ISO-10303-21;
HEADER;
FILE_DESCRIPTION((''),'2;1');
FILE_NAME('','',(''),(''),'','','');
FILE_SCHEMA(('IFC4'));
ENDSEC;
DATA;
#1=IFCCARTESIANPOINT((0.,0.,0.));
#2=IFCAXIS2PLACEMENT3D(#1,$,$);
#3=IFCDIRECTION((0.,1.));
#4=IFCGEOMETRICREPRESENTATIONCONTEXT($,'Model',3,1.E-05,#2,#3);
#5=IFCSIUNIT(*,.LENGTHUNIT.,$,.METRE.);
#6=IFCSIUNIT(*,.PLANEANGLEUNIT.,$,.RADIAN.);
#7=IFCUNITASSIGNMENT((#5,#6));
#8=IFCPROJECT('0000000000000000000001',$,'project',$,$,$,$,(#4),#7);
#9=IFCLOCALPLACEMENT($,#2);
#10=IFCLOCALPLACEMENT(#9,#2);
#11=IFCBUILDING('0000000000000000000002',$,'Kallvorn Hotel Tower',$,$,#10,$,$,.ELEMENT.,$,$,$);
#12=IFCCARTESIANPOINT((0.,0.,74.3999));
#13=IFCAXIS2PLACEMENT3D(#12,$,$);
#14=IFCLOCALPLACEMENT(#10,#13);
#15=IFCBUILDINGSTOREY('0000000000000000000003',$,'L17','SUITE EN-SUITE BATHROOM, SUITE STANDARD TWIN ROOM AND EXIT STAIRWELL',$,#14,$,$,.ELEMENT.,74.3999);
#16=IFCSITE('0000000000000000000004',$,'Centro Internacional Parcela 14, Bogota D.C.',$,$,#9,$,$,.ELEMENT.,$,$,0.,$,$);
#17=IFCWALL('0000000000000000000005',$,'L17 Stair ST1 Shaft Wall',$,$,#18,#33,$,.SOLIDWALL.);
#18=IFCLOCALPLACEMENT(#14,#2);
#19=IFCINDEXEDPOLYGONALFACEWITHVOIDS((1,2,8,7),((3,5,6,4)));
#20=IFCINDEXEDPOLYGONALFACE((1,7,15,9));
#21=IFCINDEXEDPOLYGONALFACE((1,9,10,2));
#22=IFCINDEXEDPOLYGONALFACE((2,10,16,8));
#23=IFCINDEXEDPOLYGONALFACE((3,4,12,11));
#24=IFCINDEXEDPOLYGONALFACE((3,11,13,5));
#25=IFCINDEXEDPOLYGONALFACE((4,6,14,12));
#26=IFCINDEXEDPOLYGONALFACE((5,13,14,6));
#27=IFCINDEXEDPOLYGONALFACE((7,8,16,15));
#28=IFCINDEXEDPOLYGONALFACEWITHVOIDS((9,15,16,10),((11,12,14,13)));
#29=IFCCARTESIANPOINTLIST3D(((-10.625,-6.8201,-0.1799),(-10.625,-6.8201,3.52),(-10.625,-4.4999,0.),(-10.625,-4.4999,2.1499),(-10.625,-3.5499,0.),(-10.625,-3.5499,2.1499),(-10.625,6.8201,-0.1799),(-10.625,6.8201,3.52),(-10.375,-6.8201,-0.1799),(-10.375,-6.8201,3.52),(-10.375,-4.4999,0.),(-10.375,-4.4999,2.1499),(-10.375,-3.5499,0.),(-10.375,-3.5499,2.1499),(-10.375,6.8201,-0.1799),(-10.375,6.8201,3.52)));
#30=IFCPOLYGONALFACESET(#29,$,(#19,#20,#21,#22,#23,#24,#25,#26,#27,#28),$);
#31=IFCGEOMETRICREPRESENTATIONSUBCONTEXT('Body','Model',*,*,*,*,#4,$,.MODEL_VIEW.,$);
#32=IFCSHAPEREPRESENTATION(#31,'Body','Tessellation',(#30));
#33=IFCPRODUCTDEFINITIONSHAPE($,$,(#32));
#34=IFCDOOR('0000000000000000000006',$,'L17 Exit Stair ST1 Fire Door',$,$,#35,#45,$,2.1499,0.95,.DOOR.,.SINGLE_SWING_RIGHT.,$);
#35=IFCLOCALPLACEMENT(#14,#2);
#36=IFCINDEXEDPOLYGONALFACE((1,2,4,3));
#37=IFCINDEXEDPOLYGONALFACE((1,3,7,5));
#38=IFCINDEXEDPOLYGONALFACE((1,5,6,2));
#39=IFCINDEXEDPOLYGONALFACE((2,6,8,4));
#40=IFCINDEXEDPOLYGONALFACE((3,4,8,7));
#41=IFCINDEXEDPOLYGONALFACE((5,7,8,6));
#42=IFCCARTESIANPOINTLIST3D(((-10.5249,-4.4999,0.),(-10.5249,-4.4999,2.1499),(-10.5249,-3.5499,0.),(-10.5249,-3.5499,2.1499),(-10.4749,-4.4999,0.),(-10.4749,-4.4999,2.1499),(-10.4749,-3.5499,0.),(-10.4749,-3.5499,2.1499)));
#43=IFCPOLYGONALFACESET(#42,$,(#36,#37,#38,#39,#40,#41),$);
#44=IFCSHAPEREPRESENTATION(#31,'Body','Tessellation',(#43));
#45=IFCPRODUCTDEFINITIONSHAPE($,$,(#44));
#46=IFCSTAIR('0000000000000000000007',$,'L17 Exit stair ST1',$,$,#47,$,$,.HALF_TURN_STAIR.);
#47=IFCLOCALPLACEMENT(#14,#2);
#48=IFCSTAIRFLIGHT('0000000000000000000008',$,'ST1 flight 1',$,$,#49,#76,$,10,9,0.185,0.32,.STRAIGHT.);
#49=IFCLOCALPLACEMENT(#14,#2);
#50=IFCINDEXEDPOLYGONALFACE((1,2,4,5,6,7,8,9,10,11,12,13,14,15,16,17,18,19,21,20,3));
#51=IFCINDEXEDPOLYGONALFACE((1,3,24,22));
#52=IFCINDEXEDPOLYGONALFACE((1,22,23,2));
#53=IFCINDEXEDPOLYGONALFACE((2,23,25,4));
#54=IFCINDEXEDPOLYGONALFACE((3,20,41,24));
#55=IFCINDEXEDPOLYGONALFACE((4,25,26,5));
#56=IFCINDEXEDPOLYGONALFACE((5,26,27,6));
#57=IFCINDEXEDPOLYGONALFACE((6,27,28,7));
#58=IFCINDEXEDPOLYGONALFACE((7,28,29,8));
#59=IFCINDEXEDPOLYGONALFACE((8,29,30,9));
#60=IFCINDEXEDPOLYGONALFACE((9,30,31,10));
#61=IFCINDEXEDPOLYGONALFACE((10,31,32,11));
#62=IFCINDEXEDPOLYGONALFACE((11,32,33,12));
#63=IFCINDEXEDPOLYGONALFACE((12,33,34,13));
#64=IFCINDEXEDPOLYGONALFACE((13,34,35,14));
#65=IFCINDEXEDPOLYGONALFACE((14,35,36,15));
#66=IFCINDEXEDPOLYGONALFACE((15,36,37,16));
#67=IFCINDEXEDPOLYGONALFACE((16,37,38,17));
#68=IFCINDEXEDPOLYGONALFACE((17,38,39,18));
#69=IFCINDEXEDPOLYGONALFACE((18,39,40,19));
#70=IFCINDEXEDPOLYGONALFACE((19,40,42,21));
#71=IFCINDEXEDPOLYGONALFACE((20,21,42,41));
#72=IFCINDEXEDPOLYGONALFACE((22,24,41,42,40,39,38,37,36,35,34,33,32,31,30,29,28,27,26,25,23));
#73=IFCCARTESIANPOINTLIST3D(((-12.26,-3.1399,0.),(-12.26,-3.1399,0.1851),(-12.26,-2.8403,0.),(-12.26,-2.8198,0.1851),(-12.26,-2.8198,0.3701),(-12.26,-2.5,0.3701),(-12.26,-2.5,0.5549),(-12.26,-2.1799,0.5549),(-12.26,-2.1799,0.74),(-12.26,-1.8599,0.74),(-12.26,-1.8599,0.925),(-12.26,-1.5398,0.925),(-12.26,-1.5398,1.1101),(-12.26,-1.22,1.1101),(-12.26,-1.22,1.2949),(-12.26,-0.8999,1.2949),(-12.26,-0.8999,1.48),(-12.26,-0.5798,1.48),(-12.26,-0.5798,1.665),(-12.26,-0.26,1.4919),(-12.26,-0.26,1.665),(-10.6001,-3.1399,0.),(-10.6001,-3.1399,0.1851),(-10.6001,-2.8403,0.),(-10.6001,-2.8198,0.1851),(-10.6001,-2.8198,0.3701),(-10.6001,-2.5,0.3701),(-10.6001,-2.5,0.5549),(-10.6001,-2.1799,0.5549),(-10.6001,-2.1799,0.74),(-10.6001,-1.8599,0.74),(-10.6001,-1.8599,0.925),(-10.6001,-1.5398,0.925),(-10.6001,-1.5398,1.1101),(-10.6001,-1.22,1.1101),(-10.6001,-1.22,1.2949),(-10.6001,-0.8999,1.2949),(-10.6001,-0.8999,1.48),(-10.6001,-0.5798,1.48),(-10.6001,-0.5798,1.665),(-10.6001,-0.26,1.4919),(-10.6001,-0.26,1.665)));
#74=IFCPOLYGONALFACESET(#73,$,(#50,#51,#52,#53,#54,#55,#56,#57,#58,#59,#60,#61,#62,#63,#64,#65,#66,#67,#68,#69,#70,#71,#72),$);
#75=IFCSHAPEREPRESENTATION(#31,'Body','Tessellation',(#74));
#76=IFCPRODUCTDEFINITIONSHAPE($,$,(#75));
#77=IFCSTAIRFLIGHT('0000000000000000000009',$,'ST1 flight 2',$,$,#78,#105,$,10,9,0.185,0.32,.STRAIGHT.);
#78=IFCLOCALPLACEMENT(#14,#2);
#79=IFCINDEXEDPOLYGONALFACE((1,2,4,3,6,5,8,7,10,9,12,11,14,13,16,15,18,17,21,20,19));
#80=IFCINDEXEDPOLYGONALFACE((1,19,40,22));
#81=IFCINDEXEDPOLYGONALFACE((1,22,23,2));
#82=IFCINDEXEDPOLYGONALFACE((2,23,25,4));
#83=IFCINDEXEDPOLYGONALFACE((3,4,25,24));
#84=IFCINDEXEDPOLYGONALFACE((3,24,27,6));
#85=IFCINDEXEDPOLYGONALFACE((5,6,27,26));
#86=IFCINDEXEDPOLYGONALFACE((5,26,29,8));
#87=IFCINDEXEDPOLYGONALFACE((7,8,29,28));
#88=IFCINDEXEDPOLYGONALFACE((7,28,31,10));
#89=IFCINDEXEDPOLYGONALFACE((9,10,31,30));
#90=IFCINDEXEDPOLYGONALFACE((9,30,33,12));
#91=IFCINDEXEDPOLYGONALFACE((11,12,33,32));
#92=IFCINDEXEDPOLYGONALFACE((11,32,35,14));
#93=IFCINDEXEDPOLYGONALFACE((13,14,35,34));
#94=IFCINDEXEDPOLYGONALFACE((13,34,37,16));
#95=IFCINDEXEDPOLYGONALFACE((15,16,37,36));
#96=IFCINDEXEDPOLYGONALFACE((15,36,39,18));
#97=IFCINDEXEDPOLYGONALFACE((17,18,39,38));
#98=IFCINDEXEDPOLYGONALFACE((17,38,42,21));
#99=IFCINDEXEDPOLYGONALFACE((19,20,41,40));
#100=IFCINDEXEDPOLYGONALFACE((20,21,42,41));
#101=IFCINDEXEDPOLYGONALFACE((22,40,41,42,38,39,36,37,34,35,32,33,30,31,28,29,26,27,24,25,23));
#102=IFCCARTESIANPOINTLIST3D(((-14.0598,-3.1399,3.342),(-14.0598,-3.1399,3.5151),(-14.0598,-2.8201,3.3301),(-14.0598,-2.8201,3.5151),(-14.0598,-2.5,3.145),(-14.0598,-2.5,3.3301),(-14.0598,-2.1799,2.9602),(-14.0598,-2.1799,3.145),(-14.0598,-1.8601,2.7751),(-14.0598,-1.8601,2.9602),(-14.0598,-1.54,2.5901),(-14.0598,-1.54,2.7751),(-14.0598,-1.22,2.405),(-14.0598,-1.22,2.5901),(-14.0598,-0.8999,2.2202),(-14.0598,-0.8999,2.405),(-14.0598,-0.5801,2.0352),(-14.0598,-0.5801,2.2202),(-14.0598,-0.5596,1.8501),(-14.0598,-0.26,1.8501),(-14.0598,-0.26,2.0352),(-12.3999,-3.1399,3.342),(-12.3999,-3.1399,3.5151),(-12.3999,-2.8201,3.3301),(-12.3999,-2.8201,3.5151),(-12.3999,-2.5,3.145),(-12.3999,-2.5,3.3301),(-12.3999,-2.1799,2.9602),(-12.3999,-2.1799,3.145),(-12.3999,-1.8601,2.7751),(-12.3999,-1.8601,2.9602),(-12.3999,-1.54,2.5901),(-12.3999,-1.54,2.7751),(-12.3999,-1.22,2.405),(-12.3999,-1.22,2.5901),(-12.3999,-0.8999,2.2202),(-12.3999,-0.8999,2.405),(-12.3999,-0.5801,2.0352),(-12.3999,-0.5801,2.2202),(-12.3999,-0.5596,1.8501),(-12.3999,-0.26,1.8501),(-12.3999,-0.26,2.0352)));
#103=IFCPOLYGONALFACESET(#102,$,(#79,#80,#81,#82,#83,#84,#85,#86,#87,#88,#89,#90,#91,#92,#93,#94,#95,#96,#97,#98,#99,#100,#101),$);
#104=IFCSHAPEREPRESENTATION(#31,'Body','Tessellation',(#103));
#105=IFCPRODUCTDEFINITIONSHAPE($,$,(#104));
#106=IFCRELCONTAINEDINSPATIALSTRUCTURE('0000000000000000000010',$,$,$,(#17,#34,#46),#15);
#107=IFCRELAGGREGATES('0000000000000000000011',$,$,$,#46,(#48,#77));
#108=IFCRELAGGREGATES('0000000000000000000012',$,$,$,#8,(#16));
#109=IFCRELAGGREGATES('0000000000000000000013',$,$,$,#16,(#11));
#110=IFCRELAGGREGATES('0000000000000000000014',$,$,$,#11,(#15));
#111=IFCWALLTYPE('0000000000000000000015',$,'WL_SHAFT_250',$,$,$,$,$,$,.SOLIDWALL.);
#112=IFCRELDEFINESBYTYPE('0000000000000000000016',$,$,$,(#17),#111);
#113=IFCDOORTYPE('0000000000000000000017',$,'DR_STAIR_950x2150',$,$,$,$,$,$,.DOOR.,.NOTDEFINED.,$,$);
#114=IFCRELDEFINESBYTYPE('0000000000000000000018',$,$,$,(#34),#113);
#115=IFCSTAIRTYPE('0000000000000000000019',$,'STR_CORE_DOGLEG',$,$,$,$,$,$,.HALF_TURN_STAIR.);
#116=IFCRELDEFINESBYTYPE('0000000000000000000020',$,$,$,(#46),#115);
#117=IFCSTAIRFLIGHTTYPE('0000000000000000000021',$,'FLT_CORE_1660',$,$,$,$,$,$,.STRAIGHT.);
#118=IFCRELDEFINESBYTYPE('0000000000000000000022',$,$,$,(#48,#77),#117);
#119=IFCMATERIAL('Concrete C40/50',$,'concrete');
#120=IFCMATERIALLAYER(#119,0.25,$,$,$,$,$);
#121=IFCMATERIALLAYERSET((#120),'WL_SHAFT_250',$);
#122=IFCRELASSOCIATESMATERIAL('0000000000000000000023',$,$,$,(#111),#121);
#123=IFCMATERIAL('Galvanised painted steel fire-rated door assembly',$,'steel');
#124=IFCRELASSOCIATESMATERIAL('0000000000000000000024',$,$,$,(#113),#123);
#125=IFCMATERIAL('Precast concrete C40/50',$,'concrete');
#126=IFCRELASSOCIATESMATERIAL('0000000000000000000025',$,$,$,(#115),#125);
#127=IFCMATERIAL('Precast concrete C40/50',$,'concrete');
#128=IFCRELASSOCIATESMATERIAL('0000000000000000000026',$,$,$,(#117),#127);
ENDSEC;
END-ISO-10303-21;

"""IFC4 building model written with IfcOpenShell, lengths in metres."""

from ifc_helpers import new_model, si_unit, direction, frame, frame_2d, origin, place, context, subcontext, project, spatial, polyline, rectangle, outline, extrude, material, layer, layer_set, type_object, element, fill, aggregate, save


model = new_model("IFC4")

# Units and contexts
model_context = context("Model", 3, precision=1e-05, world=origin(), true_north=direction((0.0, 1.0)))
body_context = subcontext(model_context, "Body", "Model", "MODEL_VIEW")
ifc_project = project(units=[si_unit("LENGTHUNIT", "METRE"), si_unit("PLANEANGLEUNIT", "RADIAN")], contexts=[model_context])

# Site, building, storey
site_placement = place(None, origin())
site = spatial("IfcSite", under=ifc_project, at=site_placement, Name="Centro Internacional Parcela 14, Bogota D.C.", CompositionType="ELEMENT", RefElevation=0.0)
building_placement = place(site_placement, origin())
building = spatial("IfcBuilding", under=site, at=building_placement, Name="Kallvorn Hotel Tower", CompositionType="ELEMENT")
storey_placement = place(building_placement, frame((0.0, 0.0, 74.3999)))
storey = spatial("IfcBuildingStorey", under=building, at=storey_placement, Name="L17", Description="SUITE EN-SUITE BATHROOM, SUITE STANDARD TWIN ROOM AND EXIT STAIRWELL", CompositionType="ELEMENT", Elevation=74.3999)

# Wall, opening, door
ifc_material_1 = material(Name="Concrete C40/50", Category="concrete")
ifc_layer_1 = layer(ifc_material_1, 0.25)
ifc_layer_set_1 = layer_set([ifc_layer_1], Name="WL_SHAFT_250")
wall_type_1 = type_object("IfcWallType", Name="WL_SHAFT_250", PredefinedType="SOLIDWALL", material=ifc_layer_set_1)
wall_1_placement = place(storey_placement, frame((-10.5, -6.8201, -0.1799), z_axis=(0.0, 0.0, 1.0), x_axis=(0.0, 1.0, 0.0)))
wall_1 = element("IfcWall", 1, at=wall_1_placement, inside=storey, type_object=wall_type_1, Name="L17 Stair ST1 Shaft Wall", PredefinedType="SOLIDWALL", context=body_context, shape_type="SweptSolid", body=[
    extrude(rectangle(XDim=13.6401, YDim=0.25, at=frame_2d((6.8201, 0.0))), origin(), (0.0, 0.0, 1.0), 3.7),
])
opening_1_placement = place(wall_1_placement, frame((2.3201, 0.0, 0.1799)))
opening_1 = element("IfcOpeningElement", 2, at=opening_1_placement, cuts=wall_1, PredefinedType="OPENING", context=body_context, shape_type="SweptSolid", body=[
    extrude(rectangle(XDim=0.95, YDim=2.1499, at=frame_2d((0.4751, 1.075))), frame((0.0, 0.1399, 0.0), z_axis=(0.0, -1.0, 0.0), x_axis=(1.0, 0.0, 0.0)), (0.0, 0.0, 1.0), 0.28),
])
ifc_material_2 = material(Name="Galvanised painted steel fire-rated door assembly", Category="steel")
door_type_1 = type_object("IfcDoorType", Name="DR_STAIR_950x2150", OperationType="NOTDEFINED", PredefinedType="DOOR", material=ifc_material_2)
door_1_placement = place(opening_1_placement, origin())
door_1 = element("IfcDoor", 3, at=door_1_placement, inside=storey, type_object=door_type_1, Name="L17 Exit Stair ST1 Fire Door", OperationType="SINGLE_SWING_RIGHT", OverallHeight=2.1499, OverallWidth=0.95, PredefinedType="DOOR", context=body_context, shape_type="SweptSolid", body=[
    extrude(rectangle(XDim=0.95, YDim=2.1499, at=frame_2d((0.4751, 1.075))), frame((0.0, 0.0249, 0.0), z_axis=(0.0, -1.0, 0.0), x_axis=(1.0, 0.0, 0.0)), (0.0, 0.0, 1.0), 0.05),
])
fill(opening_1, door_1)

# Stair, stair flights
ifc_material_3 = material(Name="Precast concrete C40/50", Category="concrete")
stair_type = type_object("IfcStairType", Name="STR_CORE_DOGLEG", PredefinedType="HALF_TURN_STAIR", material=ifc_material_3)
stair_placement = place(storey_placement, origin())
stair = element("IfcStair", 4, at=stair_placement, inside=storey, type_object=stair_type, Name="L17 Exit stair ST1", PredefinedType="HALF_TURN_STAIR")
ifc_material_4 = material(Name="Precast concrete C40/50", Category="concrete")
stair_flight_type = type_object("IfcStairFlightType", Name="FLT_CORE_1660", PredefinedType="STRAIGHT", material=ifc_material_4)
stair_flight_1_placement = place(storey_placement, frame((-11.4299, -3.1399, 0.0), z_axis=(0.0, 0.0, 1.0), x_axis=(0.0, 1.0, 0.0)))
stair_flight_1 = element("IfcStairFlight", 5, at=stair_flight_1_placement, type_object=stair_flight_type, Name="ST1 flight 1", NumberOfRisers=10, NumberOfTreads=9, PredefinedType="STRAIGHT", RiserHeight=0.185, TreadLength=0.32, context=body_context, shape_type="SweptSolid", body=[
    extrude(outline(polyline([(0.0, 0.0), (0.0, 0.1851), (0.3201, 0.1851), (0.3201, 0.3701), (0.6399, 0.3701), (0.6399, 0.5549), (0.96, 0.5549), (0.96, 0.74), (1.28, 0.74), (1.28, 0.925), (1.6001, 0.925), (1.6001, 1.1101), (1.9199, 1.1101), (1.9199, 1.2949), (2.24, 1.2949), (2.24, 1.48), (2.5601, 1.48), (2.5601, 1.665), (2.8799, 1.665), (2.8799, 1.8501), (2.8799, 1.4919), (0.2996, 0.0), (0.0, 0.0)])), frame((0.0, 0.8301, 0.0), z_axis=(0.0, -1.0, 0.0), x_axis=(1.0, 0.0, 0.0)), (0.0, 0.0, 1.0), 1.6599),
])
stair_flight_2_placement = place(storey_placement, frame((-13.23, -0.26, 1.8501), z_axis=(0.0, 0.0, 1.0), x_axis=(0.0, -1.0, 0.0)))
stair_flight_2 = element("IfcStairFlight", 6, at=stair_flight_2_placement, type_object=stair_flight_type, Name="ST1 flight 2", NumberOfRisers=10, NumberOfTreads=9, PredefinedType="STRAIGHT", RiserHeight=0.185, TreadLength=0.32, context=body_context, shape_type="SweptSolid", body=[
    extrude(outline(polyline([(0.0, 0.0), (0.0, 0.1851), (0.3201, 0.1851), (0.3201, 0.3701), (0.6399, 0.3701), (0.6399, 0.5549), (0.96, 0.5549), (0.96, 0.74), (1.28, 0.74), (1.28, 0.925), (1.6001, 0.925), (1.6001, 1.1101), (1.9199, 1.1101), (1.9199, 1.2949), (2.24, 1.2949), (2.24, 1.48), (2.5601, 1.48), (2.5601, 1.665), (2.8799, 1.665), (2.8799, 1.8501), (2.8799, 1.4919), (0.2996, 0.0), (0.0, 0.0)])), frame((0.0, 0.8301, 0.0), z_axis=(0.0, -1.0, 0.0), x_axis=(1.0, 0.0, 0.0)), (0.0, 0.0, 1.0), 1.6599),
])
aggregate(stair, [stair_flight_1, stair_flight_2])

save(model, "model.ifc")
